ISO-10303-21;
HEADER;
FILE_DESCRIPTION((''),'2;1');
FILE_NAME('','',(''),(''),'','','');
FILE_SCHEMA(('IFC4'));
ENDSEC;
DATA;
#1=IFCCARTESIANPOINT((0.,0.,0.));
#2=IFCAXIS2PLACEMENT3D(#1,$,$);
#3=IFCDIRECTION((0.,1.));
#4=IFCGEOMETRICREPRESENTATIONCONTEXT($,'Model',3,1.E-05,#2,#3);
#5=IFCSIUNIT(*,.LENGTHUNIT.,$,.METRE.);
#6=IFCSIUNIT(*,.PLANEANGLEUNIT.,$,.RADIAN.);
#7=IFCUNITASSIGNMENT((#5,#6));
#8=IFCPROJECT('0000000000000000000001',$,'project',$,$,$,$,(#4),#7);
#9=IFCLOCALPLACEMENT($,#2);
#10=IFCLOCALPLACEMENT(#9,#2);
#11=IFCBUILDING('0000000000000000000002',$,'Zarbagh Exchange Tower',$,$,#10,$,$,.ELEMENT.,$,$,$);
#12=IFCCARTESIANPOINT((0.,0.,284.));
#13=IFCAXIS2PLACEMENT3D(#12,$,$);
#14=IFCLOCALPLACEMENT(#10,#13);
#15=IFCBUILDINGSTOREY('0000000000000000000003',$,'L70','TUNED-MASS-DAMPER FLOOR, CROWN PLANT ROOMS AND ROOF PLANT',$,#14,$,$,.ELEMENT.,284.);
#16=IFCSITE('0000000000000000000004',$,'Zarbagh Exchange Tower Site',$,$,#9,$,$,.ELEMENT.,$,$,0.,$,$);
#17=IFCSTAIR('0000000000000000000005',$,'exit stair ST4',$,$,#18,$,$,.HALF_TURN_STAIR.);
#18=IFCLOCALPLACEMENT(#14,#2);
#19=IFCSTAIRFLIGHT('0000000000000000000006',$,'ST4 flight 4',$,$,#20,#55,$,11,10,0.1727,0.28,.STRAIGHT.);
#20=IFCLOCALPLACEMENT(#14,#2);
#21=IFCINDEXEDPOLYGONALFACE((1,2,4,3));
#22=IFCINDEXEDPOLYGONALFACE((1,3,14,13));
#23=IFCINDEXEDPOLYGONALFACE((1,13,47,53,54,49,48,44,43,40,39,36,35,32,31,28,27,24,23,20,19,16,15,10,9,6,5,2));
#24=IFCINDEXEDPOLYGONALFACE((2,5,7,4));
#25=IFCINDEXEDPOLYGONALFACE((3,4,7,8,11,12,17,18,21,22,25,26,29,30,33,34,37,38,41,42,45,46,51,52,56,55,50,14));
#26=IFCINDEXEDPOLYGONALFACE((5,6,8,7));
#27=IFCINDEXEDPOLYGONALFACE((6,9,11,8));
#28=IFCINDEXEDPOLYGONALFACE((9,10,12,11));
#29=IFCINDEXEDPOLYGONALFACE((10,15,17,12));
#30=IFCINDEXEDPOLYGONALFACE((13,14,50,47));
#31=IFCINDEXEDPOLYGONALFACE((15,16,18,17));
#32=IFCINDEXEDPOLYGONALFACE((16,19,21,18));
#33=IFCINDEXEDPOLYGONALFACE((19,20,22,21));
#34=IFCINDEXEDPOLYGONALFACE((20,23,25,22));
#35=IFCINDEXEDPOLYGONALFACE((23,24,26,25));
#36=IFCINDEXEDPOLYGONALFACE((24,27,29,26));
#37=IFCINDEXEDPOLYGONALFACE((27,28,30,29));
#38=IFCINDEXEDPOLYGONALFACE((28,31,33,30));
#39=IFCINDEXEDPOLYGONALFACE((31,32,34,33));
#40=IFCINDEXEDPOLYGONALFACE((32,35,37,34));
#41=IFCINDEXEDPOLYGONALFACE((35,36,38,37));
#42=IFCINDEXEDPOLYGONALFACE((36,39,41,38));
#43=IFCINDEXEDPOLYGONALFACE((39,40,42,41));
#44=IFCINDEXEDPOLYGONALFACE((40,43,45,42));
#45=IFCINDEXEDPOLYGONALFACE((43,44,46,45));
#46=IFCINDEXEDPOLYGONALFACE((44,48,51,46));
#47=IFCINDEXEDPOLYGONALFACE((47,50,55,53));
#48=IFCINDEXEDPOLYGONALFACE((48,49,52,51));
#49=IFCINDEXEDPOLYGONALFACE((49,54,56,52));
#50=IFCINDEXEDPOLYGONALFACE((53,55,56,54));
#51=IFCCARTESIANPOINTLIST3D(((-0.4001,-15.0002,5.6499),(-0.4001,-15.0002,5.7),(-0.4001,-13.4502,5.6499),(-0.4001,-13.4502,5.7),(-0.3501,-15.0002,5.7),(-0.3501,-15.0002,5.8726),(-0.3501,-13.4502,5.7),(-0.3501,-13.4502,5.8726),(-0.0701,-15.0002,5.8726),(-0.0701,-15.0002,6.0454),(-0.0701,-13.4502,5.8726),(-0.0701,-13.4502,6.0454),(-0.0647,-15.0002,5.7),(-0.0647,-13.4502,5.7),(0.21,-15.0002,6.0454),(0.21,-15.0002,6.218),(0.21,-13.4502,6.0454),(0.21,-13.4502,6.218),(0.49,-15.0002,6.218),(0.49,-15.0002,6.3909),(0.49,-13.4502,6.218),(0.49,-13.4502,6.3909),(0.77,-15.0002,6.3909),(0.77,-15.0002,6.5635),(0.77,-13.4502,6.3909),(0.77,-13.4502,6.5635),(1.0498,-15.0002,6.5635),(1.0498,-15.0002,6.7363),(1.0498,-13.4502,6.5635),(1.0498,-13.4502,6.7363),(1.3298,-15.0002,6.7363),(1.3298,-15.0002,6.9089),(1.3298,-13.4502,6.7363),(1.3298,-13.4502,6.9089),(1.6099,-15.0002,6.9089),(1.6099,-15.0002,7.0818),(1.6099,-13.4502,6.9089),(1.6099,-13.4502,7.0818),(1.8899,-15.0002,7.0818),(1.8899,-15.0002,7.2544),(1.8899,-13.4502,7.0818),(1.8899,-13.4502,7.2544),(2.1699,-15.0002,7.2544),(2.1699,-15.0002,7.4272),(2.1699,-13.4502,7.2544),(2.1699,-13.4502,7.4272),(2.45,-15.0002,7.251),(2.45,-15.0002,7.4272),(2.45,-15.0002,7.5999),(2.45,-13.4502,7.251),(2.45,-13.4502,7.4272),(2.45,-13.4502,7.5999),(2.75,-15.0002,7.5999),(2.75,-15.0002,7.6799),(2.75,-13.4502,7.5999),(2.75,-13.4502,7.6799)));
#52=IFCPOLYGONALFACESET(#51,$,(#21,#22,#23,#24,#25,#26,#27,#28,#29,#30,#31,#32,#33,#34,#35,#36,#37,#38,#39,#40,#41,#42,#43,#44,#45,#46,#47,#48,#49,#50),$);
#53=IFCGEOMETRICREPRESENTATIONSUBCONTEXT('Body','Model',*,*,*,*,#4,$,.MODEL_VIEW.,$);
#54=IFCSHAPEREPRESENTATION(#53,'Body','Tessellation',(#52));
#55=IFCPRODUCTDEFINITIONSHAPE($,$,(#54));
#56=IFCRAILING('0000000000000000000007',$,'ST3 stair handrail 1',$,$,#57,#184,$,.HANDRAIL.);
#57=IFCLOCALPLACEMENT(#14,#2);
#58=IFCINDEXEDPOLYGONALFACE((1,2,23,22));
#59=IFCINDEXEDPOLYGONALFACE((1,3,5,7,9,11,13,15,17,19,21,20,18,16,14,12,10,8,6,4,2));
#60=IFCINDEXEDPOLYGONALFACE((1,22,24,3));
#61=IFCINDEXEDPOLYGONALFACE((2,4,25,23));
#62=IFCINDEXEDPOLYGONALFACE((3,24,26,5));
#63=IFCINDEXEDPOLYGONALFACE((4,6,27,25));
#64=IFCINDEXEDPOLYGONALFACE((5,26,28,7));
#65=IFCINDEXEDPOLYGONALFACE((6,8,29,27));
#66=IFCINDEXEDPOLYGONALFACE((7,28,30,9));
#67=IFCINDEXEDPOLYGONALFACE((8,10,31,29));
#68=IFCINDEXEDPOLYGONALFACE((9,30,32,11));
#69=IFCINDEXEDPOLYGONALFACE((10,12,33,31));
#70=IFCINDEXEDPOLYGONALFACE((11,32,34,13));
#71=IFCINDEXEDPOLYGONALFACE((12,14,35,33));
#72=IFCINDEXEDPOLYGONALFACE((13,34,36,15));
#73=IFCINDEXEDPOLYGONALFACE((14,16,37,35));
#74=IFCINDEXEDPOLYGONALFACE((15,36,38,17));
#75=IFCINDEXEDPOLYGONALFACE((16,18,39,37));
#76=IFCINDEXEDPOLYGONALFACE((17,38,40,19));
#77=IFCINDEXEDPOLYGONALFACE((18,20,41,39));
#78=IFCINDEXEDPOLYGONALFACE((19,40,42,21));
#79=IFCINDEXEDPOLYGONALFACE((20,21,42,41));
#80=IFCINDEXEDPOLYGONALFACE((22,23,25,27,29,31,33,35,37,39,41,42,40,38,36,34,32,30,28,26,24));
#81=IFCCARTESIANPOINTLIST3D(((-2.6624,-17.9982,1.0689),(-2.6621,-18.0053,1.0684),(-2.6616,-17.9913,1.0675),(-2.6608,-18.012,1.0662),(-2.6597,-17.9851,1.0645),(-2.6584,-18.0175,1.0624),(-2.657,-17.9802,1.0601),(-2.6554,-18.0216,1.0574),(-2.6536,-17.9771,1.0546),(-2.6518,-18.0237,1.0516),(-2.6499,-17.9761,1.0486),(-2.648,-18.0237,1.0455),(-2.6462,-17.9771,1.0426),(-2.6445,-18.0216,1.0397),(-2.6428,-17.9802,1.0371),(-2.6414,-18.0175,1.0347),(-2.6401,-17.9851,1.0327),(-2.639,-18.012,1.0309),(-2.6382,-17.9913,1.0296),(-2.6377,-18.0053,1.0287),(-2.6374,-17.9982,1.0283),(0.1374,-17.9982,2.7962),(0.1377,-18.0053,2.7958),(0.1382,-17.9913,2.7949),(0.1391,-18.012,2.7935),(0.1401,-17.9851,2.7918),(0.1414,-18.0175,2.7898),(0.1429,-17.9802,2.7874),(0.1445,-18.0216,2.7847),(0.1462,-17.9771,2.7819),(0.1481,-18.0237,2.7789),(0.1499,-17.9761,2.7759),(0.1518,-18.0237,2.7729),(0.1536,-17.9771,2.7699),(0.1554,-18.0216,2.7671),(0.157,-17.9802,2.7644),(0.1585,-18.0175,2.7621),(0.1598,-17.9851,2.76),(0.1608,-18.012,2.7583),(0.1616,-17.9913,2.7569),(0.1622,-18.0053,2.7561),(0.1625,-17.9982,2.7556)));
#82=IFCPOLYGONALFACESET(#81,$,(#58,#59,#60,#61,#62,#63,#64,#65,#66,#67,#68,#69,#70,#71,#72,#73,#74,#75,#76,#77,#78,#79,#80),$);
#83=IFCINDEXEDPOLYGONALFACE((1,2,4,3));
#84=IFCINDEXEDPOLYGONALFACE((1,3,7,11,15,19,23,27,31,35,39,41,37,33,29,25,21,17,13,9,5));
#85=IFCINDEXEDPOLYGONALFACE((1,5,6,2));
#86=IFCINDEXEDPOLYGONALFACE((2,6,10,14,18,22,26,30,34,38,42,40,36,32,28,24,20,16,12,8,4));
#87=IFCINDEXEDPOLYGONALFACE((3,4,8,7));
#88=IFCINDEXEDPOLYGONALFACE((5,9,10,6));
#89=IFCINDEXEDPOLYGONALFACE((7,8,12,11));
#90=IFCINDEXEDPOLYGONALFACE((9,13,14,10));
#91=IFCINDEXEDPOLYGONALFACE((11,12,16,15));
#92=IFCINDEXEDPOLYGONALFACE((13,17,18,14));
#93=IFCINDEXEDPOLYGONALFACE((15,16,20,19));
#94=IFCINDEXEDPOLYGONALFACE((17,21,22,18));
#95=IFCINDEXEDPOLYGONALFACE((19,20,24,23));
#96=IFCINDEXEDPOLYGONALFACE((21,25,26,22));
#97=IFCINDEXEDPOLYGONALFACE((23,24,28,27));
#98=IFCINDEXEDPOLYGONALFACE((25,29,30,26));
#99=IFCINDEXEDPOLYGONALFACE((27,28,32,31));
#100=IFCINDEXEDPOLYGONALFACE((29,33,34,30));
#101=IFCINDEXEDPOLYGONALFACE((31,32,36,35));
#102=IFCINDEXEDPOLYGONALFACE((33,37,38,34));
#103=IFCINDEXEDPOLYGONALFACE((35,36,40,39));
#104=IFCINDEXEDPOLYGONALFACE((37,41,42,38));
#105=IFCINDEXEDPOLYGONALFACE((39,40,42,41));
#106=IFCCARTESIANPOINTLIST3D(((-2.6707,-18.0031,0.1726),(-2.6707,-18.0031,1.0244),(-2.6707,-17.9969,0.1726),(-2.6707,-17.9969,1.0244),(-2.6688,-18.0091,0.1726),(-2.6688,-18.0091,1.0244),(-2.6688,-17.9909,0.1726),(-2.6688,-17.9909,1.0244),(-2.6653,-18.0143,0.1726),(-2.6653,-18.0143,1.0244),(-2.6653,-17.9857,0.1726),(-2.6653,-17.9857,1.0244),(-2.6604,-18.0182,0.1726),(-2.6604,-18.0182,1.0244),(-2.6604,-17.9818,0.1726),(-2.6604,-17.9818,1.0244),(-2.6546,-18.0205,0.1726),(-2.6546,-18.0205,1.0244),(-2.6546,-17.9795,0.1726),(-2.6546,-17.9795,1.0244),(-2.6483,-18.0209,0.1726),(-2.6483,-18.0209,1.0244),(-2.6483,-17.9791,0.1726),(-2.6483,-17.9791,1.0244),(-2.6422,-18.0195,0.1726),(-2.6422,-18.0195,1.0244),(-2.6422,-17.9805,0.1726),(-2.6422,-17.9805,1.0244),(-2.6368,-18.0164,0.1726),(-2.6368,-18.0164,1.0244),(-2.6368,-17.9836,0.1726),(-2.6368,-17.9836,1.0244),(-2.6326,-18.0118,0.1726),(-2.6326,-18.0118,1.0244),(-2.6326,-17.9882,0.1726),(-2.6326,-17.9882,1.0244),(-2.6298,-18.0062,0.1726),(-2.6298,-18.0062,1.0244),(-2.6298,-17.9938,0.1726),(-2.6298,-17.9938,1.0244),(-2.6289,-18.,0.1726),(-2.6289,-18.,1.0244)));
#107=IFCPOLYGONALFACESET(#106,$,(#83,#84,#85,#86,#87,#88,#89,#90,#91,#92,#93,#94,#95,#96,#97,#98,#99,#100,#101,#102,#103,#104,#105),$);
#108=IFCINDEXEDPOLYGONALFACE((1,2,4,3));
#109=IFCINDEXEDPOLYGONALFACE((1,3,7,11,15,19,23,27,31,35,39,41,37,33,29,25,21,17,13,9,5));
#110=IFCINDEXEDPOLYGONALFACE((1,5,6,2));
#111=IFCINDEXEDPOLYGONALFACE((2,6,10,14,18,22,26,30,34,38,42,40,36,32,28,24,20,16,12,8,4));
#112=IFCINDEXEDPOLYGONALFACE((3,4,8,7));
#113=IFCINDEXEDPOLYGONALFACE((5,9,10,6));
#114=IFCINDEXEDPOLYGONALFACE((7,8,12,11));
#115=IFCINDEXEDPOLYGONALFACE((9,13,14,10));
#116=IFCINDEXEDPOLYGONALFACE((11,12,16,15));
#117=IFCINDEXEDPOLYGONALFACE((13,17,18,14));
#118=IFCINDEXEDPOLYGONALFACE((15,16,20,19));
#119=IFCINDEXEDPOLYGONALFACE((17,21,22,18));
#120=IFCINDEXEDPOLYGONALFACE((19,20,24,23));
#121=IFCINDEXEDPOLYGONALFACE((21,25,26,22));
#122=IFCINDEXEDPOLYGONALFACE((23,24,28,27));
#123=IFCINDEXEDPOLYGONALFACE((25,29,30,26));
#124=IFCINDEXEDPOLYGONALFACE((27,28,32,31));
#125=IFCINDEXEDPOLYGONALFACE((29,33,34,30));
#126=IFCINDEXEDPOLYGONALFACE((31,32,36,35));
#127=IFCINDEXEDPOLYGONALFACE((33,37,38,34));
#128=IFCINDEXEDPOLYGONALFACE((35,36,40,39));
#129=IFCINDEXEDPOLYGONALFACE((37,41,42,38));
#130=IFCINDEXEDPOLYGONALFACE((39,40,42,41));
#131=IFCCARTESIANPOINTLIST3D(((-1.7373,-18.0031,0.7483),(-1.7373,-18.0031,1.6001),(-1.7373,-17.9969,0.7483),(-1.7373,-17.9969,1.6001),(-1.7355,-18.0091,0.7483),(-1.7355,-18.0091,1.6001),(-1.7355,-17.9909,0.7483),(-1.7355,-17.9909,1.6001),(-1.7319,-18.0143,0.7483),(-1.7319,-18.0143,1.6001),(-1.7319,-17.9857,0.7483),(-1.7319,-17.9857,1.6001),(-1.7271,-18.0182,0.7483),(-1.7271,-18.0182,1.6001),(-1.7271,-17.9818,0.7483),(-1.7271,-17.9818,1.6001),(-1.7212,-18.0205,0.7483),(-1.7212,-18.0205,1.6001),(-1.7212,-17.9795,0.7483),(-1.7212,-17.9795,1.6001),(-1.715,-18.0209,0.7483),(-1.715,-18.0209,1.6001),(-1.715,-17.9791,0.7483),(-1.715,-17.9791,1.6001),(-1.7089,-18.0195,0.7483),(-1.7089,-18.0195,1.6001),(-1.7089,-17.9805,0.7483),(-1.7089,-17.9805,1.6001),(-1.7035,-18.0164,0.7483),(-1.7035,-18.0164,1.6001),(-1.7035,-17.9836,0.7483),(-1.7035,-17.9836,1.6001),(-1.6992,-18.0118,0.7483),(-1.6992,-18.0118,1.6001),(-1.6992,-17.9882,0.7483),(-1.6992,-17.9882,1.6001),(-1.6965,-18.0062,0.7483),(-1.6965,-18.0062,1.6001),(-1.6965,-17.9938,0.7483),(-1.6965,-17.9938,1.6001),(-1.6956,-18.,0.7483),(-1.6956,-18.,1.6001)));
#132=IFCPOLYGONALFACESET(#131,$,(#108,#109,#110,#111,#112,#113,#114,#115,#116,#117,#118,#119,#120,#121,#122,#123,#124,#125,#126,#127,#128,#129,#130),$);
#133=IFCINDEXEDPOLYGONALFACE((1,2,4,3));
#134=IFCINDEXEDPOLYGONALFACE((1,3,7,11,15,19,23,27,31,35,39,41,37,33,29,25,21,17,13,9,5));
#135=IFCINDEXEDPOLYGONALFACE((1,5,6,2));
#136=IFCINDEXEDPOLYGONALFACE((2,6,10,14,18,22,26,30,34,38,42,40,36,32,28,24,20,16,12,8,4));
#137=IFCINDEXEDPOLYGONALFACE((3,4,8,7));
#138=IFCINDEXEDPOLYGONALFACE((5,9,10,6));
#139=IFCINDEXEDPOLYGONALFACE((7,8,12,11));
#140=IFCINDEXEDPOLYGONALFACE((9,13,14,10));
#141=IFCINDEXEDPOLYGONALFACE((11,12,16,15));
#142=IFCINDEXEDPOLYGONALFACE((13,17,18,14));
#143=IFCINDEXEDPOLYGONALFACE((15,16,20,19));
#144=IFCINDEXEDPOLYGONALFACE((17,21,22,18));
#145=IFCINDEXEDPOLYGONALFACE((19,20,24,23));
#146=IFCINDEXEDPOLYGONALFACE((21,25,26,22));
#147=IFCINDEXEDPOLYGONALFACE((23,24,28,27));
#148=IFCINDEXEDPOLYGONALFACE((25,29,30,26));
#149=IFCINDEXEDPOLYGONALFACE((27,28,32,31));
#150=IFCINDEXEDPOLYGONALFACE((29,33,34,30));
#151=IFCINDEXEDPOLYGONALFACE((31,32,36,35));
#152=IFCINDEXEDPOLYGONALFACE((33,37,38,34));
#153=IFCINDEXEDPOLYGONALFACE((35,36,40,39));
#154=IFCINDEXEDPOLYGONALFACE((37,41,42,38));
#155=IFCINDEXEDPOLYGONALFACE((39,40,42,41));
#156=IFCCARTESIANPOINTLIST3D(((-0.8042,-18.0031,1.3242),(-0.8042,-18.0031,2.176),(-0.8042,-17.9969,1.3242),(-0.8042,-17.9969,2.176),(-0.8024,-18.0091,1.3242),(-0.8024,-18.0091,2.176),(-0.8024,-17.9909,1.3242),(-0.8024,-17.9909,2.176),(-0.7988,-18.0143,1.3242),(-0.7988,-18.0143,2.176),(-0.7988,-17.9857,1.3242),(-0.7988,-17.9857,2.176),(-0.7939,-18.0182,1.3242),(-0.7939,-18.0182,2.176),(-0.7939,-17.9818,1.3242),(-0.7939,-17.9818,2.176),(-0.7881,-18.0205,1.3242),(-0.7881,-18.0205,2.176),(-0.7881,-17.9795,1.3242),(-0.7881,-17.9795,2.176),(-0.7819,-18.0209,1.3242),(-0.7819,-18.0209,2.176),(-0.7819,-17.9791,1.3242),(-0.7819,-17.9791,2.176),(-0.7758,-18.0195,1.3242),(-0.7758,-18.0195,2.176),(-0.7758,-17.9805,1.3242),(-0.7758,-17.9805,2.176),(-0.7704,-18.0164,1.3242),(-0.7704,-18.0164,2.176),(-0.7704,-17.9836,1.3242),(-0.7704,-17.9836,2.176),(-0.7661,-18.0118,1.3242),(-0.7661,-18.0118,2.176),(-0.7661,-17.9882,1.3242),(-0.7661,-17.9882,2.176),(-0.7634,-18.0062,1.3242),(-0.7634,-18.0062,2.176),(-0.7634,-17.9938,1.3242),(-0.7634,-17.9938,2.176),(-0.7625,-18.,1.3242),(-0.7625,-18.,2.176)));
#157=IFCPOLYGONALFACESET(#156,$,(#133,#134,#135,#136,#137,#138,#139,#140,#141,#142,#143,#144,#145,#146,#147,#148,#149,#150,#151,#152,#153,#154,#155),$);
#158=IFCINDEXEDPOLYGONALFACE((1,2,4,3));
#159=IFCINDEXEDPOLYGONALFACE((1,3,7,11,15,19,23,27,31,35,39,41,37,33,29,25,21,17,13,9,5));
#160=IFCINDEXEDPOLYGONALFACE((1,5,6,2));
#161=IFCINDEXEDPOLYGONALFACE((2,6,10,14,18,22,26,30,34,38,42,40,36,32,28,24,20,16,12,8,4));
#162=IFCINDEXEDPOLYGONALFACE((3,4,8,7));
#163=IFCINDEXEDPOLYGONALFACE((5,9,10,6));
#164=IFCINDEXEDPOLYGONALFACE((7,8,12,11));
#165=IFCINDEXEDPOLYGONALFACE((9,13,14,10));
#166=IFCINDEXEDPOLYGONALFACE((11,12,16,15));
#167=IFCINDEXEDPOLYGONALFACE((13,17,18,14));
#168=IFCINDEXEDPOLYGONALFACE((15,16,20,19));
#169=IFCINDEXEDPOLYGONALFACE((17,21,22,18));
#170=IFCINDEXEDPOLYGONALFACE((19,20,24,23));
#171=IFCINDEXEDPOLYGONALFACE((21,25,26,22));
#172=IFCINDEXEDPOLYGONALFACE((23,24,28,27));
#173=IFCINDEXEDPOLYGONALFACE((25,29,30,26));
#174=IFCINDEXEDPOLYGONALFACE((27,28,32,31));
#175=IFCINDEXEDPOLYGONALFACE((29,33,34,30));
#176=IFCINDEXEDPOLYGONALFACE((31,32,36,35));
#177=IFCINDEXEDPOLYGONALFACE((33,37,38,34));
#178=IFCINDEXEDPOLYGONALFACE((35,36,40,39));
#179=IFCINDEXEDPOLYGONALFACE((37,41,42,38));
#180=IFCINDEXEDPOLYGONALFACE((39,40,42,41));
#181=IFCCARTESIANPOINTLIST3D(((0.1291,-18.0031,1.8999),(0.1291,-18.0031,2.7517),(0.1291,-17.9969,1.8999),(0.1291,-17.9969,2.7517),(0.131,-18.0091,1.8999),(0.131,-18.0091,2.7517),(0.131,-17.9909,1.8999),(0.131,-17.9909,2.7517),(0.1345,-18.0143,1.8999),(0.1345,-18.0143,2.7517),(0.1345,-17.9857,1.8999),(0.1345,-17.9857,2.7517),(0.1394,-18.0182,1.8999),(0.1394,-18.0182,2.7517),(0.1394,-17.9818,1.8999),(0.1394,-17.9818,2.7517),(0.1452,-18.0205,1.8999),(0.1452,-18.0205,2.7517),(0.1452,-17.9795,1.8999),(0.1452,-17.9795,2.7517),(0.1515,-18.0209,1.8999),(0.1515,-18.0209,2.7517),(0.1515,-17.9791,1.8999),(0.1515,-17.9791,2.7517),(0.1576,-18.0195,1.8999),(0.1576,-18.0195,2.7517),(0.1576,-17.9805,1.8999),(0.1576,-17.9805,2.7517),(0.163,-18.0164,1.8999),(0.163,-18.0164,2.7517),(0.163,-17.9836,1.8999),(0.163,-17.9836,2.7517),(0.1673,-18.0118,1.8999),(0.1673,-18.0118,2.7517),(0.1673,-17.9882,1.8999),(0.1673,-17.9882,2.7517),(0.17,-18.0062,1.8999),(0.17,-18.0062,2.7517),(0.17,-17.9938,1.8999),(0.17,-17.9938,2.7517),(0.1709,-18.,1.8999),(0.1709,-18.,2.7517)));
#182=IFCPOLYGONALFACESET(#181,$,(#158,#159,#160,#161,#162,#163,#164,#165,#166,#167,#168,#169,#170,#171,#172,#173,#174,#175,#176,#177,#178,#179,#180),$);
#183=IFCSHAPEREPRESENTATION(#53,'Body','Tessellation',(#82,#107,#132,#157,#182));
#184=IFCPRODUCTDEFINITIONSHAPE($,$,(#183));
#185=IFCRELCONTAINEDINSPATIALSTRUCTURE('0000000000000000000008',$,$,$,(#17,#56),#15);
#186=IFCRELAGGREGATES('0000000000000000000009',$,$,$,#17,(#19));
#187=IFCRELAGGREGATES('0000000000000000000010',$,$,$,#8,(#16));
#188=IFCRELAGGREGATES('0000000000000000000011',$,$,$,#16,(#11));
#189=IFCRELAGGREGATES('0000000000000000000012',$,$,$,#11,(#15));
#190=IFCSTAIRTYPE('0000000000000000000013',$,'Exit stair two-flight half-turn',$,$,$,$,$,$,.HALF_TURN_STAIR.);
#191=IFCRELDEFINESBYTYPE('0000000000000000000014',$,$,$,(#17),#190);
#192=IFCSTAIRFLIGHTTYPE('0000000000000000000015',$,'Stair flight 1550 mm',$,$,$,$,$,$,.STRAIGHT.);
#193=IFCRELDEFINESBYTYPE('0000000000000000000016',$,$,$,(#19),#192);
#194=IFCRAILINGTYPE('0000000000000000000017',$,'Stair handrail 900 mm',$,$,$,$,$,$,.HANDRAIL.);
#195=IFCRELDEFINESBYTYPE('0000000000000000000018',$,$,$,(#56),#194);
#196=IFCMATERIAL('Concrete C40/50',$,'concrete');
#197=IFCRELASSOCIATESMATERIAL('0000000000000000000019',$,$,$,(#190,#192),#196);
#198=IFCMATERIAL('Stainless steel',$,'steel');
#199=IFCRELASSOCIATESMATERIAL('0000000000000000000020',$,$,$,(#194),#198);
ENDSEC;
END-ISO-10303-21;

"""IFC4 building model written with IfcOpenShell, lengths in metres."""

from ifc_helpers import new_model, si_unit, direction, frame, origin, origin_2d, place, context, subcontext, project, spatial, polyline, circle, outline, extrude, material, type_object, element, aggregate, save


model = new_model("IFC4")

# Units and contexts
model_context = context("Model", 3, precision=1e-05, world=origin(), true_north=direction((0.0, 1.0)))
body_context = subcontext(model_context, "Body", "Model", "MODEL_VIEW")
ifc_project = project(units=[si_unit("LENGTHUNIT", "METRE"), si_unit("PLANEANGLEUNIT", "RADIAN")], contexts=[model_context])

# Site, building, storey
site_placement = place(None, origin())
site = spatial("IfcSite", under=ifc_project, at=site_placement, Name="Zarbagh Exchange Tower Site", CompositionType="ELEMENT", RefElevation=0.0)
building_placement = place(site_placement, origin())
building = spatial("IfcBuilding", under=site, at=building_placement, Name="Zarbagh Exchange Tower", CompositionType="ELEMENT")
storey_placement = place(building_placement, frame((0.0, 0.0, 284.0)))
storey = spatial("IfcBuildingStorey", under=building, at=storey_placement, Name="L70", Description="TUNED-MASS-DAMPER FLOOR, CROWN PLANT ROOMS AND ROOF PLANT", CompositionType="ELEMENT", Elevation=284.0)

# Shared definitions
ifc_material_1 = material(Name="Concrete C40/50", Category="concrete")

# Shared definitions
ifc_material_2 = material(Name="Stainless steel", Category="steel")

# Stair, stair flight
stair_type = type_object("IfcStairType", Name="Exit stair two-flight half-turn", PredefinedType="HALF_TURN_STAIR", material=ifc_material_1)
stair_1_placement = place(storey_placement, origin())
stair_1 = element("IfcStair", 1, at=stair_1_placement, inside=storey, type_object=stair_type, Name="exit stair ST4", PredefinedType="HALF_TURN_STAIR")
stair_flight_type_1 = type_object("IfcStairFlightType", Name="Stair flight 1550 mm", PredefinedType="STRAIGHT", material=ifc_material_1)
stair_flight_1_placement = place(storey_placement, frame((-0.3501, -14.2251, 5.7), z_axis=(0.0, 0.0, 1.0), x_axis=(1.0, 0.0, 0.0)))
stair_flight_1 = element("IfcStairFlight", 2, at=stair_flight_1_placement, type_object=stair_flight_type_1, Name="ST4 flight 4", NumberOfRisers=11, NumberOfTreads=10, PredefinedType="STRAIGHT", RiserHeight=0.1727, TreadLength=0.28, context=body_context, shape_type="SweptSolid", body=[
    extrude(outline(polyline([(-0.05, -0.05), (-0.05, 0.0), (0.0, 0.0), (0.0, 0.1726), (0.28, 0.1726), (0.28, 0.3455), (0.5601, 0.3455), (0.5601, 0.5181), (0.8401, 0.5181), (0.8401, 0.6909), (1.1201, 0.6909), (1.1201, 0.8635), (1.3999, 0.8635), (1.3999, 1.0364), (1.6799, 1.0364), (1.6799, 1.209), (1.96, 1.209), (1.96, 1.3818), (2.24, 1.3818), (2.24, 1.5544), (2.52, 1.5544), (2.52, 1.7273), (2.8, 1.7273), (2.8, 1.8999), (3.1001, 1.98), (3.1001, 1.8999), (2.8, 1.551), (0.2854, 0.0), (-0.05, -0.05)])), frame((0.0, 0.7749, 0.0), z_axis=(0.0, -1.0, 0.0), x_axis=(1.0, 0.0, 0.0)), (0.0, 0.0, 1.0), 1.55),
])
aggregate(stair_1, [stair_flight_1])

# Railing
railing_type_1 = type_object("IfcRailingType", Name="Stair handrail 900 mm", PredefinedType="HANDRAIL", material=ifc_material_2)
for number, where, name in (
    (3, (-2.6499, -18.0, 0.1726), "ST3 stair handrail 1"),
):
    element("IfcRailing", number, at=place(storey_placement, frame(where)), inside=storey, type_object=railing_type_1, Name=name, PredefinedType="HANDRAIL", context=body_context, shape_type="SweptSolid", body=[
        extrude(circle(Radius=0.0239, at=origin_2d()), frame((0.0, 0.0, 0.876), z_axis=(0.851069, 0.0, 0.525054), x_axis=(0.0, 1.0, 0.0)), (0.0, 0.0, 1.0), 3.2898),
        extrude(circle(Radius=0.021, at=origin_2d()), origin(), (0.0, 0.0, 1.0), 0.8518),
        extrude(circle(Radius=0.021, at=origin_2d()), frame((0.9333, 0.0, 0.5757)), (0.0, 0.0, 1.0), 0.8518),
        extrude(circle(Radius=0.021, at=origin_2d()), frame((1.8665, 0.0, 1.1516)), (0.0, 0.0, 1.0), 0.8518),
        extrude(circle(Radius=0.021, at=origin_2d()), frame((2.7998, 0.0, 1.7273)), (0.0, 0.0, 1.0), 0.8518),
    ])

save(model, "model.ifc")
